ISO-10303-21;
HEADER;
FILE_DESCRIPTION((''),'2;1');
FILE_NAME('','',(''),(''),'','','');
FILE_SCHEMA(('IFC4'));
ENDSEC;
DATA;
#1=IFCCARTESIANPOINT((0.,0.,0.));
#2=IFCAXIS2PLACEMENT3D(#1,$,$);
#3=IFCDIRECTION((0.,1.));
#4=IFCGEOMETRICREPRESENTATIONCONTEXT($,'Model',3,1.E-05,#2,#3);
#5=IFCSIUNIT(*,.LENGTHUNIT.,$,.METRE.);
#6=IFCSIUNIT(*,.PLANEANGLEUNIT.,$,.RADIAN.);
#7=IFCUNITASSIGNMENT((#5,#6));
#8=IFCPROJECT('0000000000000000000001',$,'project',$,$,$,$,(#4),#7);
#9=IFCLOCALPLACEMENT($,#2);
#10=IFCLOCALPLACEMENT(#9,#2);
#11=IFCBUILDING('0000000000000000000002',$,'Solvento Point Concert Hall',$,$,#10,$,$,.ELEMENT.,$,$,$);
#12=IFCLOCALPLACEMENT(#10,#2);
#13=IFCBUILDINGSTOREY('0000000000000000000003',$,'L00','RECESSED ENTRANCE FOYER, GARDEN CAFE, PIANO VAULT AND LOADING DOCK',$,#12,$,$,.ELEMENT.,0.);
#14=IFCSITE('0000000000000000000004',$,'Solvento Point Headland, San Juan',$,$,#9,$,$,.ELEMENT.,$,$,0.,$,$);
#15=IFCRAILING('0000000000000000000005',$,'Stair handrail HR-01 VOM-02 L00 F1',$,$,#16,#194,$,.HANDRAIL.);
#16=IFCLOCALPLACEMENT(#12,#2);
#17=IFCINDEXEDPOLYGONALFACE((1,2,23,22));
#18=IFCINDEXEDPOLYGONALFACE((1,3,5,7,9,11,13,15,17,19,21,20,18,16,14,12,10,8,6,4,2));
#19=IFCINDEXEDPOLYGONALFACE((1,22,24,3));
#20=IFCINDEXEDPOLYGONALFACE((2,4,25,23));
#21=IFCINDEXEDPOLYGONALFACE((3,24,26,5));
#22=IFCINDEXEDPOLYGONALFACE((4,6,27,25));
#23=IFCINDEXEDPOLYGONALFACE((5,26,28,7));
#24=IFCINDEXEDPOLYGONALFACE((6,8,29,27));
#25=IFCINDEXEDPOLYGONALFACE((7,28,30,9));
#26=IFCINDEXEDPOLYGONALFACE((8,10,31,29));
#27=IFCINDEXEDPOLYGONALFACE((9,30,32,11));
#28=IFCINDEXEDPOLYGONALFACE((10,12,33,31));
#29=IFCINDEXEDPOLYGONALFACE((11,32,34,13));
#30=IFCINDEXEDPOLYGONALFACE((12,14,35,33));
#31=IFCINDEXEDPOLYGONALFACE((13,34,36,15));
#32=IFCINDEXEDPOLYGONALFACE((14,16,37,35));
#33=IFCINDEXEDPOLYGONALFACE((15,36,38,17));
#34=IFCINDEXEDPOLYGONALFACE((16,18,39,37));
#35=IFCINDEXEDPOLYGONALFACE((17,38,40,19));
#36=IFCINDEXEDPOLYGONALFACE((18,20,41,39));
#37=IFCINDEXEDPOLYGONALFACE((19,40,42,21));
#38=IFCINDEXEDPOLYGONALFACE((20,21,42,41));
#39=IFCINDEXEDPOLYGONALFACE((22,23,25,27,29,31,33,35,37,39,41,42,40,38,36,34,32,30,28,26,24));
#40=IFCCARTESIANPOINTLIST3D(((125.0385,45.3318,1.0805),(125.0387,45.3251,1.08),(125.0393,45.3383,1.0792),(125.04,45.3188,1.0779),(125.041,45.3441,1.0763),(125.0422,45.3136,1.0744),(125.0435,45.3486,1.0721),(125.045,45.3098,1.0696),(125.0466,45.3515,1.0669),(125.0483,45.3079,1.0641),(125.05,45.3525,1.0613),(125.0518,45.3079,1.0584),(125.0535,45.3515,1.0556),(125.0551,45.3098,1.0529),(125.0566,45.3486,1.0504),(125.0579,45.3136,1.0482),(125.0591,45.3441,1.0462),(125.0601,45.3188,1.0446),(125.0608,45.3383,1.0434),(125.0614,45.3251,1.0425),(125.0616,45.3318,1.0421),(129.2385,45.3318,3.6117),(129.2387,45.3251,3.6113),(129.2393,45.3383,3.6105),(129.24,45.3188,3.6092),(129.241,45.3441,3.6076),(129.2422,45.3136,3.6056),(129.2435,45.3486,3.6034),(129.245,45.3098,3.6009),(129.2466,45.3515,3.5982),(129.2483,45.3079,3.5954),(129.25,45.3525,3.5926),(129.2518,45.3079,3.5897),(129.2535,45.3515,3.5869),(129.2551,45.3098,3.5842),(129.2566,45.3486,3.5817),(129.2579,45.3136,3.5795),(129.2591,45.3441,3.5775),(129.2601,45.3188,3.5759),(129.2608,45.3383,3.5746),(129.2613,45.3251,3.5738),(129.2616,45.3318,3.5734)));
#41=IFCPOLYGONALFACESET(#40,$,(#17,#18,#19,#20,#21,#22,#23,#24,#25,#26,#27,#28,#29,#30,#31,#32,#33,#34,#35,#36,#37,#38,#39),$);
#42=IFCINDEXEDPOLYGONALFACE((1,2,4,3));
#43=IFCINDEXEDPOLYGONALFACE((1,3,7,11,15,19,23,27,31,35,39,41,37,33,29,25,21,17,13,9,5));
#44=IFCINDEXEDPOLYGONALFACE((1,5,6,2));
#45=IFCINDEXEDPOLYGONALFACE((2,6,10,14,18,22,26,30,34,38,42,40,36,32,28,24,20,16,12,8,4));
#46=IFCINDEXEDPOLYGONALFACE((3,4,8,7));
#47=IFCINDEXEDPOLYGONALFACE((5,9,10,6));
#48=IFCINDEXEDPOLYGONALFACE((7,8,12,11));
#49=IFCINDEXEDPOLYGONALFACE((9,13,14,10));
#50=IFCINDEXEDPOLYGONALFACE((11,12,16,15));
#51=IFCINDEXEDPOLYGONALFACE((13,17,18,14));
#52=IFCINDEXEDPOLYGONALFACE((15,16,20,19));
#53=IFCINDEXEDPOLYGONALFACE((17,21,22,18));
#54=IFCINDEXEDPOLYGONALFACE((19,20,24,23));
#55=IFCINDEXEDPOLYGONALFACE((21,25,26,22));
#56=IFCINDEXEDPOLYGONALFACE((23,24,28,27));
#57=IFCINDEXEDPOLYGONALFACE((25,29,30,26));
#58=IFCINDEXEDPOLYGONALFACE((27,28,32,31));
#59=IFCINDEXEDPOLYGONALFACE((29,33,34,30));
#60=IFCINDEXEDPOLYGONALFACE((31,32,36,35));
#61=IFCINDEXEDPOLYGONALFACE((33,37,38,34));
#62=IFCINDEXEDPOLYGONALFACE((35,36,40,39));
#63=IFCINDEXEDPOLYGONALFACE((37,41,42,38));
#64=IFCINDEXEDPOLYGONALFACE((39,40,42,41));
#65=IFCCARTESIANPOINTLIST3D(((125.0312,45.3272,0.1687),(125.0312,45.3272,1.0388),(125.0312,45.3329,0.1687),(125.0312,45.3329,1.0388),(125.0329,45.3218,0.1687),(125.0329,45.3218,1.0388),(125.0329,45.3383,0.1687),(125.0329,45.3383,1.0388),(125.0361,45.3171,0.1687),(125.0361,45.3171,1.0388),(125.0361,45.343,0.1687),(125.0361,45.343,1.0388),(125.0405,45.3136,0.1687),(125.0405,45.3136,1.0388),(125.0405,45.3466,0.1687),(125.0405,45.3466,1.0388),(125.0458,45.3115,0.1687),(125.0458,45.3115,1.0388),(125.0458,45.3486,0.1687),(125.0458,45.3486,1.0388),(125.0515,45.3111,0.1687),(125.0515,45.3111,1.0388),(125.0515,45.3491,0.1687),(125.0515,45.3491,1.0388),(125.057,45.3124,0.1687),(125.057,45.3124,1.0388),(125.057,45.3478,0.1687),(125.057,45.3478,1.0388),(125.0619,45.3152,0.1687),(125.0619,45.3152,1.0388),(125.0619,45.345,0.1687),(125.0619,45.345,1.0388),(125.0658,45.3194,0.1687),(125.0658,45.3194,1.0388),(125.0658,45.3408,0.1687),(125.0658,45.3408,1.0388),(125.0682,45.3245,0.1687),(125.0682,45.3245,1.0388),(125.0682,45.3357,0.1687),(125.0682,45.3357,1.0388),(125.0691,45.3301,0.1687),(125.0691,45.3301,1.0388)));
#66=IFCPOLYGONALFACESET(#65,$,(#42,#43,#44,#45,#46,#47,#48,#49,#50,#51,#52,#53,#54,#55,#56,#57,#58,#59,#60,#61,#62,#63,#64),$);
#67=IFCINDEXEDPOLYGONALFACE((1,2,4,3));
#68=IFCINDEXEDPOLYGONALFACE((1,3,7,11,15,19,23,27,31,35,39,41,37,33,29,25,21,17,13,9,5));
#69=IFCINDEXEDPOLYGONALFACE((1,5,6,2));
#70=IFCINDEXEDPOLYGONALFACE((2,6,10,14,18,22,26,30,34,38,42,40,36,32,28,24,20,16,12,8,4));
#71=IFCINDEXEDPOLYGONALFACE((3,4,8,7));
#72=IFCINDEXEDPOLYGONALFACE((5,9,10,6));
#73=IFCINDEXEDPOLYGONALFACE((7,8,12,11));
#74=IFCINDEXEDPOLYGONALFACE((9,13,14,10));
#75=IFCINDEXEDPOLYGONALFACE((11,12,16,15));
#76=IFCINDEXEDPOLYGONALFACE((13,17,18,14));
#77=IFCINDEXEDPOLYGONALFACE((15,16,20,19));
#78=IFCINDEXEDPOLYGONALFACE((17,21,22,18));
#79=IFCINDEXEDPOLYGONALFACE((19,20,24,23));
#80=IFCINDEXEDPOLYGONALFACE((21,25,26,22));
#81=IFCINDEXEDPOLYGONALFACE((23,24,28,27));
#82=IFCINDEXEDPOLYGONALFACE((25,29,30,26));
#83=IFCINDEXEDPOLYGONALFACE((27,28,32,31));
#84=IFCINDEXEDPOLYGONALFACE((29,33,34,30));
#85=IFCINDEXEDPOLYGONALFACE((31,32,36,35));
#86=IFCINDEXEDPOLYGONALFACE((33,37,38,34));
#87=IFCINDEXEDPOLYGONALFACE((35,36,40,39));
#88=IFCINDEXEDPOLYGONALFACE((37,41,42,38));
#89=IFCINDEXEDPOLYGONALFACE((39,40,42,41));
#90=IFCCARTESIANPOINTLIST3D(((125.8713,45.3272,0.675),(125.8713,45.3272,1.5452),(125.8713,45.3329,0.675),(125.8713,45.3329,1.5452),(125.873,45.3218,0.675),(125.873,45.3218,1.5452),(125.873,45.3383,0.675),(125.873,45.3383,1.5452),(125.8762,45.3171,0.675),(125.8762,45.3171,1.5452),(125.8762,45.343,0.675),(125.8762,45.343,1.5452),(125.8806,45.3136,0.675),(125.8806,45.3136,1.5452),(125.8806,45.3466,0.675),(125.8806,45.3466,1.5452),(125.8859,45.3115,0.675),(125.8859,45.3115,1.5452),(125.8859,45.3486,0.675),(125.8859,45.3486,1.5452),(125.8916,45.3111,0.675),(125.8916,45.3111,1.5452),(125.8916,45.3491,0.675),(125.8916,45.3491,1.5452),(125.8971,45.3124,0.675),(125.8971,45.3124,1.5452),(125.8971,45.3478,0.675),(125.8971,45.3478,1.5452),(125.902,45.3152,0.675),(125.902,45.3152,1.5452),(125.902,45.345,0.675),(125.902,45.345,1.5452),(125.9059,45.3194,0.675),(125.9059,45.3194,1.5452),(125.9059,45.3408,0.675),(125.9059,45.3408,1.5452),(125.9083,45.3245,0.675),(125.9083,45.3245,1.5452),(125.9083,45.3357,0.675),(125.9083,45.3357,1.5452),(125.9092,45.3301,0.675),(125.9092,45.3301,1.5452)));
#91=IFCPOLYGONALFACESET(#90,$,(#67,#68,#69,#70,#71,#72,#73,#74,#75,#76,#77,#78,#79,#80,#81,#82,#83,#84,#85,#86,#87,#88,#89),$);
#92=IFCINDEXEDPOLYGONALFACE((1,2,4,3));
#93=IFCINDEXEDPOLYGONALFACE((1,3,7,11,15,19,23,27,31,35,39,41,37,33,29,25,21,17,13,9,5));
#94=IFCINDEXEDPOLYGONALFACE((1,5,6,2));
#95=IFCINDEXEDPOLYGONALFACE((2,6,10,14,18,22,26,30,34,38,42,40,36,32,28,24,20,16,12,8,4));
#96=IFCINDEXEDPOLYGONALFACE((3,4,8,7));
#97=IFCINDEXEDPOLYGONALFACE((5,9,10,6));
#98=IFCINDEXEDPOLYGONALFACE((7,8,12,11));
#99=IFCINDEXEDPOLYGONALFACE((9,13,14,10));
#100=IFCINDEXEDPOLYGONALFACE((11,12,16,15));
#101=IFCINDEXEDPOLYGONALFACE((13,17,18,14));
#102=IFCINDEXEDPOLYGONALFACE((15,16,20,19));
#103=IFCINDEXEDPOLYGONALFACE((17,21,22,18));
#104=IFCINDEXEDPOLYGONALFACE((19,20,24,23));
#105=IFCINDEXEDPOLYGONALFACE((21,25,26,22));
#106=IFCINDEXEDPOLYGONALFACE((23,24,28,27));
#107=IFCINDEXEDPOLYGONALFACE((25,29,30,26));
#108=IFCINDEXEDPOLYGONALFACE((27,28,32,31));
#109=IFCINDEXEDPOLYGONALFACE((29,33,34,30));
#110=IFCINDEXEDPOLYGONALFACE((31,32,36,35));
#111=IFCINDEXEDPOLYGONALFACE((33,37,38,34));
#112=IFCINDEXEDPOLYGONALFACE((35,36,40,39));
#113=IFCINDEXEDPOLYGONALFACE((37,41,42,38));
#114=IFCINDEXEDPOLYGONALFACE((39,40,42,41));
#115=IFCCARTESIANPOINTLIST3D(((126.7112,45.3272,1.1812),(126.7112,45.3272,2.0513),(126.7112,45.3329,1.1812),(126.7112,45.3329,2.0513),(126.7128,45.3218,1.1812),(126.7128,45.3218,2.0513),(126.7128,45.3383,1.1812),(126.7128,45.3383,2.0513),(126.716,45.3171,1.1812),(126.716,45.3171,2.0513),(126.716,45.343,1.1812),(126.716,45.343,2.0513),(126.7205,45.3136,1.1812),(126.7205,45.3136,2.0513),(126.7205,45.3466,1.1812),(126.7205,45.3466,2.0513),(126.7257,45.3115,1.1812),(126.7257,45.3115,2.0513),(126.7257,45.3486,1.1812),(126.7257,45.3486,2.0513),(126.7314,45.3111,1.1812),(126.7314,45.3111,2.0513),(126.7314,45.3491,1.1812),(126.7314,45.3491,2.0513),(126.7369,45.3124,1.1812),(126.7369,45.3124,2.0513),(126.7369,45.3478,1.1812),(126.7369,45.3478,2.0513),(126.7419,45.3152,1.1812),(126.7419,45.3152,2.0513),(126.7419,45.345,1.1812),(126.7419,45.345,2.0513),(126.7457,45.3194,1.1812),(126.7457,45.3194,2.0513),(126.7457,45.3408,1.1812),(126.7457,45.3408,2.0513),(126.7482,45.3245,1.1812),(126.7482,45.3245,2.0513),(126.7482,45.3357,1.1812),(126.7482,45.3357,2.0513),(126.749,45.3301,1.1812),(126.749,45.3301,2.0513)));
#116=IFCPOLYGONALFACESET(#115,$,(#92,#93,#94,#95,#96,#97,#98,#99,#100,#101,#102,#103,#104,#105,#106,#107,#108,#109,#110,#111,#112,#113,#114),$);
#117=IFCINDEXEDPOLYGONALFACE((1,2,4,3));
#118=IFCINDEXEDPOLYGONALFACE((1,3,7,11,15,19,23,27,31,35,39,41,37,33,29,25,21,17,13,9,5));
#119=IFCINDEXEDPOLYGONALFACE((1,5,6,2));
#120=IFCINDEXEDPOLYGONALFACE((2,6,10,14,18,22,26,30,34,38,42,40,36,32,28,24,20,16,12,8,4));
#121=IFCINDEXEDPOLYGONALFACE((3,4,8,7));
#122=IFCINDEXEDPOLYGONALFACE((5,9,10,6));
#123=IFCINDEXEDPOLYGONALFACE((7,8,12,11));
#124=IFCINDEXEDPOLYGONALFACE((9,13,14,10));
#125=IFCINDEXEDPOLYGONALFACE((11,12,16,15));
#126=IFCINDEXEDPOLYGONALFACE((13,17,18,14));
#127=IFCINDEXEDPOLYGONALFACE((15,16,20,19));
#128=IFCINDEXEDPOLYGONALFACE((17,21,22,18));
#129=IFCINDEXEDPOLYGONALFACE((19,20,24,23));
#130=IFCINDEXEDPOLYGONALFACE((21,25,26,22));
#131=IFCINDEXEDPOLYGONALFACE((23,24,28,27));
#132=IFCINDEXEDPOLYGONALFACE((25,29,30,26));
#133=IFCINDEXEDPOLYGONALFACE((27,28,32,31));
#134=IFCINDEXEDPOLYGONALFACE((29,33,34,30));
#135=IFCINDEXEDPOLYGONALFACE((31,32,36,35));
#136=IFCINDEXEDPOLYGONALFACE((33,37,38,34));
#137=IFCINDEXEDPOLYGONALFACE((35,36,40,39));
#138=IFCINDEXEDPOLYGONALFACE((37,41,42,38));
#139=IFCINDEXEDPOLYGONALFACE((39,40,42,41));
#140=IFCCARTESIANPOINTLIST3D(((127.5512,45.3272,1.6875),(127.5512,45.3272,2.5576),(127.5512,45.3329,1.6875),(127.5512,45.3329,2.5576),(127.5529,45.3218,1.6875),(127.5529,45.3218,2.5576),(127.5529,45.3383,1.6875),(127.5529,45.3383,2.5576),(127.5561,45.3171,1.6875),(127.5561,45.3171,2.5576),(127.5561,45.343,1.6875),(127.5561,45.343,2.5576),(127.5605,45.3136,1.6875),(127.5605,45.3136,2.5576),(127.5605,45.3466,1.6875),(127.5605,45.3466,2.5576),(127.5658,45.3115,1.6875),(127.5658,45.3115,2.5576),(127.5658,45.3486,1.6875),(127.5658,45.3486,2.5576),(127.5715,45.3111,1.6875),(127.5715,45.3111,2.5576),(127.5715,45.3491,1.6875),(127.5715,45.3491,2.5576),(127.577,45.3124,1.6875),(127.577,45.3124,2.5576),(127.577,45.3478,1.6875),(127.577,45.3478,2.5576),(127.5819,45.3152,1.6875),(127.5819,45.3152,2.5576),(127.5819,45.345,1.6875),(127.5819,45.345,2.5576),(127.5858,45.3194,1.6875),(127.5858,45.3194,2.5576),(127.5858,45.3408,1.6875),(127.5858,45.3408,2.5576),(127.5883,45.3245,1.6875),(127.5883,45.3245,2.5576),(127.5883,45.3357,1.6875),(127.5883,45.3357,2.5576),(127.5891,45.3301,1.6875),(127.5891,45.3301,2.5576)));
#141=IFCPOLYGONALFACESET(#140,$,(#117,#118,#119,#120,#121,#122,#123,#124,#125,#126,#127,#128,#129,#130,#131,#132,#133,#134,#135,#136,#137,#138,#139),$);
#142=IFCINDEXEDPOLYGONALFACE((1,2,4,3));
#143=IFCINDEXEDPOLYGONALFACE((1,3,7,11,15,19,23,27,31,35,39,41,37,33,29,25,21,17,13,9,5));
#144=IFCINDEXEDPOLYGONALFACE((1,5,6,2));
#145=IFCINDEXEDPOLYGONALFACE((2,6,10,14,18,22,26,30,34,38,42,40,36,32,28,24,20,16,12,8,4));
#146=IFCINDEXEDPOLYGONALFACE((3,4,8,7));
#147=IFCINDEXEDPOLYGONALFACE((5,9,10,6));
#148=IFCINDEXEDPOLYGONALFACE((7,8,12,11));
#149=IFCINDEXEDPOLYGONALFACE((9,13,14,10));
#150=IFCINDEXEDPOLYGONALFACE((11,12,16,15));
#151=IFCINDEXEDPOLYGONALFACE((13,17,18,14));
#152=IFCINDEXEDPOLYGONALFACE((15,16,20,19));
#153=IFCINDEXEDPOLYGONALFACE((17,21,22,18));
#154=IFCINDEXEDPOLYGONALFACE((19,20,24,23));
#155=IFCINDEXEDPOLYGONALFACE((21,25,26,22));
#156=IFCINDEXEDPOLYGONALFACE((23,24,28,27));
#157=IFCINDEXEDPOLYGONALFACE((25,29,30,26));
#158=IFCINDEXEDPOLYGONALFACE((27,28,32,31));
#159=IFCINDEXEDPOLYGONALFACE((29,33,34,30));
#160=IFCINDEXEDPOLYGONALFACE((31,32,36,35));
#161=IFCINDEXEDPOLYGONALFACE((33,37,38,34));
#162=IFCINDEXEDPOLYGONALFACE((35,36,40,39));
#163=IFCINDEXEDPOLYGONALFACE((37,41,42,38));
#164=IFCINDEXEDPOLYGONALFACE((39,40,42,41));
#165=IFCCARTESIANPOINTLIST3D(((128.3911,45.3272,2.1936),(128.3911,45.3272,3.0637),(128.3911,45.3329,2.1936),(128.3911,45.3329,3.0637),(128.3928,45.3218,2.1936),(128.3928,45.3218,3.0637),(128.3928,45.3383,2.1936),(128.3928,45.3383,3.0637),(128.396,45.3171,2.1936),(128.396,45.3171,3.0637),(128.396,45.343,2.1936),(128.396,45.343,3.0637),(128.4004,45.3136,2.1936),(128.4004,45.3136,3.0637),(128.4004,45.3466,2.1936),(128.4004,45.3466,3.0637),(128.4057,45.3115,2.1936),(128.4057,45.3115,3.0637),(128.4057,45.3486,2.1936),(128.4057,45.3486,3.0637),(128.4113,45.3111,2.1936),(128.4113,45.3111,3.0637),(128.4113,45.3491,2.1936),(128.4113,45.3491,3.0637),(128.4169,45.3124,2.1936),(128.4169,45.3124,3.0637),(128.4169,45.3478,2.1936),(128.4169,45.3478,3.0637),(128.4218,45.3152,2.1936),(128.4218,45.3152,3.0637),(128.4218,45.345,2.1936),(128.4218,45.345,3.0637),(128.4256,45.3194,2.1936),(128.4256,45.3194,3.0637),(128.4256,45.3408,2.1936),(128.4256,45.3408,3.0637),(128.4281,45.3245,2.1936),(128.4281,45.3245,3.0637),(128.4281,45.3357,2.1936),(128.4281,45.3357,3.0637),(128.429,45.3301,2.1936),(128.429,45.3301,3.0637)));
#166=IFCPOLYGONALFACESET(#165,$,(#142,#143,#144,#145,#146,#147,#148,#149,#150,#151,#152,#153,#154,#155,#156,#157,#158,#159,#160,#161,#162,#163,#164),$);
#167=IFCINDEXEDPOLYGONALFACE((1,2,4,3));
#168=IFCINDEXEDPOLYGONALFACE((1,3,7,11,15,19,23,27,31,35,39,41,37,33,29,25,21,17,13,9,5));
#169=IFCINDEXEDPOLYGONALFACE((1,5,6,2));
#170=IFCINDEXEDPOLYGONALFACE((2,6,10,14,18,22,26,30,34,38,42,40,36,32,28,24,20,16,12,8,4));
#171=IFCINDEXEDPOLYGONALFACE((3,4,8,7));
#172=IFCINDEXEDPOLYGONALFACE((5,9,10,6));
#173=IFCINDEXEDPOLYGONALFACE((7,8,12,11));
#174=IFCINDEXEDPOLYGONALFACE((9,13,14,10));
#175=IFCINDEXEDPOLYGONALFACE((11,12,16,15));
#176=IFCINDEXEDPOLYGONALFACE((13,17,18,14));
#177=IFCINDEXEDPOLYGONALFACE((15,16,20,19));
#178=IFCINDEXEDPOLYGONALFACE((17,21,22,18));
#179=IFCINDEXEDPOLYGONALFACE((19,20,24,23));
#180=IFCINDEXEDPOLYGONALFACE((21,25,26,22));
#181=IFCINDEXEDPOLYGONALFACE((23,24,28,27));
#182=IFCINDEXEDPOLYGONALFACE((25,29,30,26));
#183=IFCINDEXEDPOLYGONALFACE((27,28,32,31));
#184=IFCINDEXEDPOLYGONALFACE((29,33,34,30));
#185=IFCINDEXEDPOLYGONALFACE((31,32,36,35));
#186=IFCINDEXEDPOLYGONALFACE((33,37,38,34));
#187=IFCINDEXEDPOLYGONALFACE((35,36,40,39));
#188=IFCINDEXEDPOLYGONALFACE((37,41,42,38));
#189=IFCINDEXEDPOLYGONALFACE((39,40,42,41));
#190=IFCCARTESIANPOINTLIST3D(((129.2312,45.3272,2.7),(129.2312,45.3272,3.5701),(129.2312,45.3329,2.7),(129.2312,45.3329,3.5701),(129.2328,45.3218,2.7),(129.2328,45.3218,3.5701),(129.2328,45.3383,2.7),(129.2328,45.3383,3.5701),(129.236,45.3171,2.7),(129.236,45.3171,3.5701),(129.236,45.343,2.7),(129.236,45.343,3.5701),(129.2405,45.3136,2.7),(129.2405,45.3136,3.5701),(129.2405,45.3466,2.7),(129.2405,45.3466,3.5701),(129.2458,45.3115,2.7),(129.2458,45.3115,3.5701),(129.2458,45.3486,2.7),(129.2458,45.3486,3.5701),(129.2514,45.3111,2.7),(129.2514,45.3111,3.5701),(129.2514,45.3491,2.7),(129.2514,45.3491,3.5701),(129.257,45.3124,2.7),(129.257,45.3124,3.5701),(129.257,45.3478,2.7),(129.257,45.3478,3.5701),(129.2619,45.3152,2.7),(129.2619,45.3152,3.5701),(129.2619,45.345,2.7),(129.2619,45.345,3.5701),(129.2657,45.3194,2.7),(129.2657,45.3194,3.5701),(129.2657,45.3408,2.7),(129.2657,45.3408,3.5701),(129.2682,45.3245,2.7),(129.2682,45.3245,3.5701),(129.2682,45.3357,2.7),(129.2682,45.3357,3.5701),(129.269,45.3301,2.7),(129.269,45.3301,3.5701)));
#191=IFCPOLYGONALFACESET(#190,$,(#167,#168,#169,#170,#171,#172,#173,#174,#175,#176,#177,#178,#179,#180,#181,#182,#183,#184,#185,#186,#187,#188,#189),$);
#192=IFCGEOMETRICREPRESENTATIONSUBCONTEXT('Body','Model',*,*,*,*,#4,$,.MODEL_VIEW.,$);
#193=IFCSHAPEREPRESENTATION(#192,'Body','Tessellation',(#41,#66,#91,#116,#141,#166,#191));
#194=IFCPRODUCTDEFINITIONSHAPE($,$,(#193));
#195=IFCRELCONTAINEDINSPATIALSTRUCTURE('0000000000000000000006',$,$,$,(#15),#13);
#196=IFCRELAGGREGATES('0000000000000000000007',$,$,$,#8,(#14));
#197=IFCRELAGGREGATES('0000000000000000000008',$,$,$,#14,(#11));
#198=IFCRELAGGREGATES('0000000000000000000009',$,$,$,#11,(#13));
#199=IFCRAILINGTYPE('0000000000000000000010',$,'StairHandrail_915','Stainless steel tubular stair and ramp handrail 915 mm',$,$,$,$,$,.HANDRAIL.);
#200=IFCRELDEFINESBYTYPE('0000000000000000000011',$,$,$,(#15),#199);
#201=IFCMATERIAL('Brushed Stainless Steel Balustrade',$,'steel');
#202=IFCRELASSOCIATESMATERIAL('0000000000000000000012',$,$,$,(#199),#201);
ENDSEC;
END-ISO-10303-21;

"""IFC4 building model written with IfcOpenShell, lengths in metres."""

from ifc_helpers import new_model, si_unit, direction, frame, origin, origin_2d, place, context, subcontext, project, spatial, circle, extrude, material, type_object, element, save


model = new_model("IFC4")

# Units and contexts
model_context = context("Model", 3, precision=1e-05, world=origin(), true_north=direction((0.0, 1.0)))
body_context = subcontext(model_context, "Body", "Model", "MODEL_VIEW")
ifc_project = project(units=[si_unit("LENGTHUNIT", "METRE"), si_unit("PLANEANGLEUNIT", "RADIAN")], contexts=[model_context])

# Site, building, storey
site_placement = place(None, origin())
site = spatial("IfcSite", under=ifc_project, at=site_placement, Name="Solvento Point Headland, San Juan", CompositionType="ELEMENT", RefElevation=0.0)
building_placement = place(site_placement, origin())
building = spatial("IfcBuilding", under=site, at=building_placement, Name="Solvento Point Concert Hall", CompositionType="ELEMENT")
storey_placement = place(building_placement, origin())
storey = spatial("IfcBuildingStorey", under=building, at=storey_placement, Name="L00", Description="RECESSED ENTRANCE FOYER, GARDEN CAFE, PIANO VAULT AND LOADING DOCK", CompositionType="ELEMENT", Elevation=0.0)

# Railing
ifc_material_1 = material(Name="Brushed Stainless Steel Balustrade", Category="steel")
railing_type_1 = type_object("IfcRailingType", Name="StairHandrail_915", Description="Stainless steel tubular stair and ramp handrail 915 mm", PredefinedType="HANDRAIL", material=ifc_material_1)
railing_1_placement = place(storey_placement, frame((125.05, 45.3301, 0.1687)))
element("IfcRailing", 1, at=railing_1_placement, inside=storey, type_object=railing_type_1, Name="Stair handrail HR-01 VOM-02 L00 F1", PredefinedType="HANDRAIL", context=body_context, shape_type="SweptSolid", body=[
    extrude(circle(Radius=0.0225, at=origin_2d()), frame((0.0, 0.0, 0.8926), z_axis=(0.856476, 0.0, 0.516186), x_axis=(0.0, 1.0, 0.0)), (0.0, 0.0, 1.0), 4.9038),
    extrude(circle(Radius=0.019, at=origin_2d()), origin(), (0.0, 0.0, 1.0), 0.8701),
    extrude(circle(Radius=0.019, at=origin_2d()), frame((0.8401, 0.0, 0.5063)), (0.0, 0.0, 1.0), 0.8701),
    extrude(circle(Radius=0.019, at=origin_2d()), frame((1.6799, 0.0, 1.0125)), (0.0, 0.0, 1.0), 0.8701),
    extrude(circle(Radius=0.019, at=origin_2d()), frame((2.52, 0.0, 1.5188)), (0.0, 0.0, 1.0), 0.8701),
    extrude(circle(Radius=0.019, at=origin_2d()), frame((3.3599, 0.0, 2.0249)), (0.0, 0.0, 1.0), 0.8701),
    extrude(circle(Radius=0.019, at=origin_2d()), frame((4.2, 0.0, 2.5312)), (0.0, 0.0, 1.0), 0.8701),
])

save(model, "model.ifc")
